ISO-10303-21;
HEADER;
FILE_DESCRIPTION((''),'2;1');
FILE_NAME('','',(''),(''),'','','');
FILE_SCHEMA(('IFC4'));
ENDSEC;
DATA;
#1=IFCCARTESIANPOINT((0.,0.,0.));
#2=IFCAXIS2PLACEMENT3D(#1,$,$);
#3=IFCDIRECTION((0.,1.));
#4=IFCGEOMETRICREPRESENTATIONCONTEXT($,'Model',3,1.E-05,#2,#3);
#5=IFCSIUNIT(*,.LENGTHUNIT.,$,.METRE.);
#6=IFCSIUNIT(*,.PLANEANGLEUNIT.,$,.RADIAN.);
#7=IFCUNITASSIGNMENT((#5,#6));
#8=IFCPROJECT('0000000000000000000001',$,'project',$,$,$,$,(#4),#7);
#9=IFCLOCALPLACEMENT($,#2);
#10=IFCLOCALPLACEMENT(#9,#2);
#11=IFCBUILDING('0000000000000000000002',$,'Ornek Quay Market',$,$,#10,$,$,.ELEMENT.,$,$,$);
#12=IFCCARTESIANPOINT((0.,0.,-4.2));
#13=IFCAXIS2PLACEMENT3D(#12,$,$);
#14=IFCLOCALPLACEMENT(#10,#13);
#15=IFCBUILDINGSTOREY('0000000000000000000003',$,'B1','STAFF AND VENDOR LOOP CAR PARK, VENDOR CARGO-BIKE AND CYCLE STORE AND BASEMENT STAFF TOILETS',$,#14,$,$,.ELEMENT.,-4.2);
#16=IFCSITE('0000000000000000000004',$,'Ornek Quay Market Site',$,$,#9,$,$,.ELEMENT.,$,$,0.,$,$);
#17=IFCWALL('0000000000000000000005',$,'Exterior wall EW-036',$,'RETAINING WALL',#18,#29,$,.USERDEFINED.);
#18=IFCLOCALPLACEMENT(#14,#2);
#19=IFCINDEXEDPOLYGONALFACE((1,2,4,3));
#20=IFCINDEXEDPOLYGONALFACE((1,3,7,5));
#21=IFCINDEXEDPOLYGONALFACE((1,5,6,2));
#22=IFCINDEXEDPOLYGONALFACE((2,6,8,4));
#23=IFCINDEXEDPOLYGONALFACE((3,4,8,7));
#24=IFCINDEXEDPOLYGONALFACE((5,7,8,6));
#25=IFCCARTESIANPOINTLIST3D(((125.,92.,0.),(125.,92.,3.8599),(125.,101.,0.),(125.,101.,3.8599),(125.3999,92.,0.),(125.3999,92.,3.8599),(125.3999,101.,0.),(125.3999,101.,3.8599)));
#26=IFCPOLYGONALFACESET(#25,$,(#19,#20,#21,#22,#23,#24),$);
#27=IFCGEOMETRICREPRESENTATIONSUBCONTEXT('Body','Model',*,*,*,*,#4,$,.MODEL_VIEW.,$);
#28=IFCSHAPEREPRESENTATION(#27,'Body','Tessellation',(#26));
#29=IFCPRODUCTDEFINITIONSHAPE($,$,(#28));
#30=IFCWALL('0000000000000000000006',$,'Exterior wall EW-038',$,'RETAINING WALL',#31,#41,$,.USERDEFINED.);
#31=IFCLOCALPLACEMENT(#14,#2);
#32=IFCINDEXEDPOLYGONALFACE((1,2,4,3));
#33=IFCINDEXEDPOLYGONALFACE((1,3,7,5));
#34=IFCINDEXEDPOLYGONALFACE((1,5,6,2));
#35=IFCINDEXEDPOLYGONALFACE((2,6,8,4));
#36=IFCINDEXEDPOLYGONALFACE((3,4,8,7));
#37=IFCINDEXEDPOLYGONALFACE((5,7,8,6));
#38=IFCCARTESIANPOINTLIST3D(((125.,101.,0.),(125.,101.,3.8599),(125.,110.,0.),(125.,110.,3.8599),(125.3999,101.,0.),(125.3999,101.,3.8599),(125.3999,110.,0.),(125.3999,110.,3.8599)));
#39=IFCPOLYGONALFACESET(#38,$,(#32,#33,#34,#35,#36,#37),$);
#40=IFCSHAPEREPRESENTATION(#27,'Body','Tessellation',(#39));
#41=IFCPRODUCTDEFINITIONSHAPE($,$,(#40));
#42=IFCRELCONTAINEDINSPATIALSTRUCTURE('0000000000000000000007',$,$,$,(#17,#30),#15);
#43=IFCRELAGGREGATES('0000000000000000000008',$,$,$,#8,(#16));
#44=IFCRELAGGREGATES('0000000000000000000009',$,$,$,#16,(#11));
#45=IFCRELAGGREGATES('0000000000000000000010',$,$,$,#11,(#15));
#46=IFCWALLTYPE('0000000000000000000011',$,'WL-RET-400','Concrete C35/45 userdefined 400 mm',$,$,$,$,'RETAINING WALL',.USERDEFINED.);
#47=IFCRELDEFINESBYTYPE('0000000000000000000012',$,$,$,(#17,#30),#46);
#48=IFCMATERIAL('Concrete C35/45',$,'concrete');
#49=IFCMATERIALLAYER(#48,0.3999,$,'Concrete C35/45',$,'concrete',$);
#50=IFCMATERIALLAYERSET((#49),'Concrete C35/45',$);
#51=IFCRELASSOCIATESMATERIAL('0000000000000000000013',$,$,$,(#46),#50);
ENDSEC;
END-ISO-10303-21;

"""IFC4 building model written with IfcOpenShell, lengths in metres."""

from ifc_helpers import new_model, si_unit, direction, frame, frame_2d, origin, place, context, subcontext, project, spatial, rectangle, extrude, material, layer, layer_set, type_object, element, save


model = new_model("IFC4")

# Units and contexts
model_context = context("Model", 3, precision=1e-05, world=origin(), true_north=direction((0.0, 1.0)))
body_context = subcontext(model_context, "Body", "Model", "MODEL_VIEW")
ifc_project = project(units=[si_unit("LENGTHUNIT", "METRE"), si_unit("PLANEANGLEUNIT", "RADIAN")], contexts=[model_context])

# Site, building, storey
site_placement = place(None, origin())
site = spatial("IfcSite", under=ifc_project, at=site_placement, Name="Ornek Quay Market Site", CompositionType="ELEMENT", RefElevation=0.0)
building_placement = place(site_placement, origin())
building = spatial("IfcBuilding", under=site, at=building_placement, Name="Ornek Quay Market", CompositionType="ELEMENT")
storey_placement = place(building_placement, frame((0.0, 0.0, -4.2)))
storey = spatial("IfcBuildingStorey", under=building, at=storey_placement, Name="B1", Description="STAFF AND VENDOR LOOP CAR PARK, VENDOR CARGO-BIKE AND CYCLE STORE AND BASEMENT STAFF TOILETS", CompositionType="ELEMENT", Elevation=-4.2)

# Shared definitions
ifc_material_1 = material(Name="Concrete C35/45", Category="concrete")

# Walls
ifc_layer = layer(ifc_material_1, 0.3999, Name="Concrete C35/45", Category="concrete")
ifc_layer_set = layer_set([ifc_layer], Name="Concrete C35/45")
wall_type = type_object("IfcWallType", Name="WL-RET-400", Description="Concrete C35/45 userdefined 400 mm", ElementType="RETAINING WALL", PredefinedType="USERDEFINED", material=ifc_layer_set)
for number, where, z_axis, x_axis, name in (
    (1, (125.2, 92.0, 0.0), (0.0, 0.0, 1.0), (0.0, 1.0, 0.0), "Exterior wall EW-036"),
    (2, (125.2, 101.0, 0.0), (0.0, 0.0, 1.0), (0.0, 1.0, 0.0), "Exterior wall EW-038"),
):
    element("IfcWall", number, at=place(storey_placement, frame(where, z_axis=z_axis, x_axis=x_axis)), inside=storey, type_object=wall_type, Name=name, ObjectType="RETAINING WALL", PredefinedType="USERDEFINED", context=body_context, shape_type="SweptSolid", body=[
        extrude(rectangle(XDim=9.0, YDim=0.3999, at=frame_2d((4.5, 0.0))), origin(), (0.0, 0.0, 1.0), 3.8599),
    ])

save(model, "model.ifc")
